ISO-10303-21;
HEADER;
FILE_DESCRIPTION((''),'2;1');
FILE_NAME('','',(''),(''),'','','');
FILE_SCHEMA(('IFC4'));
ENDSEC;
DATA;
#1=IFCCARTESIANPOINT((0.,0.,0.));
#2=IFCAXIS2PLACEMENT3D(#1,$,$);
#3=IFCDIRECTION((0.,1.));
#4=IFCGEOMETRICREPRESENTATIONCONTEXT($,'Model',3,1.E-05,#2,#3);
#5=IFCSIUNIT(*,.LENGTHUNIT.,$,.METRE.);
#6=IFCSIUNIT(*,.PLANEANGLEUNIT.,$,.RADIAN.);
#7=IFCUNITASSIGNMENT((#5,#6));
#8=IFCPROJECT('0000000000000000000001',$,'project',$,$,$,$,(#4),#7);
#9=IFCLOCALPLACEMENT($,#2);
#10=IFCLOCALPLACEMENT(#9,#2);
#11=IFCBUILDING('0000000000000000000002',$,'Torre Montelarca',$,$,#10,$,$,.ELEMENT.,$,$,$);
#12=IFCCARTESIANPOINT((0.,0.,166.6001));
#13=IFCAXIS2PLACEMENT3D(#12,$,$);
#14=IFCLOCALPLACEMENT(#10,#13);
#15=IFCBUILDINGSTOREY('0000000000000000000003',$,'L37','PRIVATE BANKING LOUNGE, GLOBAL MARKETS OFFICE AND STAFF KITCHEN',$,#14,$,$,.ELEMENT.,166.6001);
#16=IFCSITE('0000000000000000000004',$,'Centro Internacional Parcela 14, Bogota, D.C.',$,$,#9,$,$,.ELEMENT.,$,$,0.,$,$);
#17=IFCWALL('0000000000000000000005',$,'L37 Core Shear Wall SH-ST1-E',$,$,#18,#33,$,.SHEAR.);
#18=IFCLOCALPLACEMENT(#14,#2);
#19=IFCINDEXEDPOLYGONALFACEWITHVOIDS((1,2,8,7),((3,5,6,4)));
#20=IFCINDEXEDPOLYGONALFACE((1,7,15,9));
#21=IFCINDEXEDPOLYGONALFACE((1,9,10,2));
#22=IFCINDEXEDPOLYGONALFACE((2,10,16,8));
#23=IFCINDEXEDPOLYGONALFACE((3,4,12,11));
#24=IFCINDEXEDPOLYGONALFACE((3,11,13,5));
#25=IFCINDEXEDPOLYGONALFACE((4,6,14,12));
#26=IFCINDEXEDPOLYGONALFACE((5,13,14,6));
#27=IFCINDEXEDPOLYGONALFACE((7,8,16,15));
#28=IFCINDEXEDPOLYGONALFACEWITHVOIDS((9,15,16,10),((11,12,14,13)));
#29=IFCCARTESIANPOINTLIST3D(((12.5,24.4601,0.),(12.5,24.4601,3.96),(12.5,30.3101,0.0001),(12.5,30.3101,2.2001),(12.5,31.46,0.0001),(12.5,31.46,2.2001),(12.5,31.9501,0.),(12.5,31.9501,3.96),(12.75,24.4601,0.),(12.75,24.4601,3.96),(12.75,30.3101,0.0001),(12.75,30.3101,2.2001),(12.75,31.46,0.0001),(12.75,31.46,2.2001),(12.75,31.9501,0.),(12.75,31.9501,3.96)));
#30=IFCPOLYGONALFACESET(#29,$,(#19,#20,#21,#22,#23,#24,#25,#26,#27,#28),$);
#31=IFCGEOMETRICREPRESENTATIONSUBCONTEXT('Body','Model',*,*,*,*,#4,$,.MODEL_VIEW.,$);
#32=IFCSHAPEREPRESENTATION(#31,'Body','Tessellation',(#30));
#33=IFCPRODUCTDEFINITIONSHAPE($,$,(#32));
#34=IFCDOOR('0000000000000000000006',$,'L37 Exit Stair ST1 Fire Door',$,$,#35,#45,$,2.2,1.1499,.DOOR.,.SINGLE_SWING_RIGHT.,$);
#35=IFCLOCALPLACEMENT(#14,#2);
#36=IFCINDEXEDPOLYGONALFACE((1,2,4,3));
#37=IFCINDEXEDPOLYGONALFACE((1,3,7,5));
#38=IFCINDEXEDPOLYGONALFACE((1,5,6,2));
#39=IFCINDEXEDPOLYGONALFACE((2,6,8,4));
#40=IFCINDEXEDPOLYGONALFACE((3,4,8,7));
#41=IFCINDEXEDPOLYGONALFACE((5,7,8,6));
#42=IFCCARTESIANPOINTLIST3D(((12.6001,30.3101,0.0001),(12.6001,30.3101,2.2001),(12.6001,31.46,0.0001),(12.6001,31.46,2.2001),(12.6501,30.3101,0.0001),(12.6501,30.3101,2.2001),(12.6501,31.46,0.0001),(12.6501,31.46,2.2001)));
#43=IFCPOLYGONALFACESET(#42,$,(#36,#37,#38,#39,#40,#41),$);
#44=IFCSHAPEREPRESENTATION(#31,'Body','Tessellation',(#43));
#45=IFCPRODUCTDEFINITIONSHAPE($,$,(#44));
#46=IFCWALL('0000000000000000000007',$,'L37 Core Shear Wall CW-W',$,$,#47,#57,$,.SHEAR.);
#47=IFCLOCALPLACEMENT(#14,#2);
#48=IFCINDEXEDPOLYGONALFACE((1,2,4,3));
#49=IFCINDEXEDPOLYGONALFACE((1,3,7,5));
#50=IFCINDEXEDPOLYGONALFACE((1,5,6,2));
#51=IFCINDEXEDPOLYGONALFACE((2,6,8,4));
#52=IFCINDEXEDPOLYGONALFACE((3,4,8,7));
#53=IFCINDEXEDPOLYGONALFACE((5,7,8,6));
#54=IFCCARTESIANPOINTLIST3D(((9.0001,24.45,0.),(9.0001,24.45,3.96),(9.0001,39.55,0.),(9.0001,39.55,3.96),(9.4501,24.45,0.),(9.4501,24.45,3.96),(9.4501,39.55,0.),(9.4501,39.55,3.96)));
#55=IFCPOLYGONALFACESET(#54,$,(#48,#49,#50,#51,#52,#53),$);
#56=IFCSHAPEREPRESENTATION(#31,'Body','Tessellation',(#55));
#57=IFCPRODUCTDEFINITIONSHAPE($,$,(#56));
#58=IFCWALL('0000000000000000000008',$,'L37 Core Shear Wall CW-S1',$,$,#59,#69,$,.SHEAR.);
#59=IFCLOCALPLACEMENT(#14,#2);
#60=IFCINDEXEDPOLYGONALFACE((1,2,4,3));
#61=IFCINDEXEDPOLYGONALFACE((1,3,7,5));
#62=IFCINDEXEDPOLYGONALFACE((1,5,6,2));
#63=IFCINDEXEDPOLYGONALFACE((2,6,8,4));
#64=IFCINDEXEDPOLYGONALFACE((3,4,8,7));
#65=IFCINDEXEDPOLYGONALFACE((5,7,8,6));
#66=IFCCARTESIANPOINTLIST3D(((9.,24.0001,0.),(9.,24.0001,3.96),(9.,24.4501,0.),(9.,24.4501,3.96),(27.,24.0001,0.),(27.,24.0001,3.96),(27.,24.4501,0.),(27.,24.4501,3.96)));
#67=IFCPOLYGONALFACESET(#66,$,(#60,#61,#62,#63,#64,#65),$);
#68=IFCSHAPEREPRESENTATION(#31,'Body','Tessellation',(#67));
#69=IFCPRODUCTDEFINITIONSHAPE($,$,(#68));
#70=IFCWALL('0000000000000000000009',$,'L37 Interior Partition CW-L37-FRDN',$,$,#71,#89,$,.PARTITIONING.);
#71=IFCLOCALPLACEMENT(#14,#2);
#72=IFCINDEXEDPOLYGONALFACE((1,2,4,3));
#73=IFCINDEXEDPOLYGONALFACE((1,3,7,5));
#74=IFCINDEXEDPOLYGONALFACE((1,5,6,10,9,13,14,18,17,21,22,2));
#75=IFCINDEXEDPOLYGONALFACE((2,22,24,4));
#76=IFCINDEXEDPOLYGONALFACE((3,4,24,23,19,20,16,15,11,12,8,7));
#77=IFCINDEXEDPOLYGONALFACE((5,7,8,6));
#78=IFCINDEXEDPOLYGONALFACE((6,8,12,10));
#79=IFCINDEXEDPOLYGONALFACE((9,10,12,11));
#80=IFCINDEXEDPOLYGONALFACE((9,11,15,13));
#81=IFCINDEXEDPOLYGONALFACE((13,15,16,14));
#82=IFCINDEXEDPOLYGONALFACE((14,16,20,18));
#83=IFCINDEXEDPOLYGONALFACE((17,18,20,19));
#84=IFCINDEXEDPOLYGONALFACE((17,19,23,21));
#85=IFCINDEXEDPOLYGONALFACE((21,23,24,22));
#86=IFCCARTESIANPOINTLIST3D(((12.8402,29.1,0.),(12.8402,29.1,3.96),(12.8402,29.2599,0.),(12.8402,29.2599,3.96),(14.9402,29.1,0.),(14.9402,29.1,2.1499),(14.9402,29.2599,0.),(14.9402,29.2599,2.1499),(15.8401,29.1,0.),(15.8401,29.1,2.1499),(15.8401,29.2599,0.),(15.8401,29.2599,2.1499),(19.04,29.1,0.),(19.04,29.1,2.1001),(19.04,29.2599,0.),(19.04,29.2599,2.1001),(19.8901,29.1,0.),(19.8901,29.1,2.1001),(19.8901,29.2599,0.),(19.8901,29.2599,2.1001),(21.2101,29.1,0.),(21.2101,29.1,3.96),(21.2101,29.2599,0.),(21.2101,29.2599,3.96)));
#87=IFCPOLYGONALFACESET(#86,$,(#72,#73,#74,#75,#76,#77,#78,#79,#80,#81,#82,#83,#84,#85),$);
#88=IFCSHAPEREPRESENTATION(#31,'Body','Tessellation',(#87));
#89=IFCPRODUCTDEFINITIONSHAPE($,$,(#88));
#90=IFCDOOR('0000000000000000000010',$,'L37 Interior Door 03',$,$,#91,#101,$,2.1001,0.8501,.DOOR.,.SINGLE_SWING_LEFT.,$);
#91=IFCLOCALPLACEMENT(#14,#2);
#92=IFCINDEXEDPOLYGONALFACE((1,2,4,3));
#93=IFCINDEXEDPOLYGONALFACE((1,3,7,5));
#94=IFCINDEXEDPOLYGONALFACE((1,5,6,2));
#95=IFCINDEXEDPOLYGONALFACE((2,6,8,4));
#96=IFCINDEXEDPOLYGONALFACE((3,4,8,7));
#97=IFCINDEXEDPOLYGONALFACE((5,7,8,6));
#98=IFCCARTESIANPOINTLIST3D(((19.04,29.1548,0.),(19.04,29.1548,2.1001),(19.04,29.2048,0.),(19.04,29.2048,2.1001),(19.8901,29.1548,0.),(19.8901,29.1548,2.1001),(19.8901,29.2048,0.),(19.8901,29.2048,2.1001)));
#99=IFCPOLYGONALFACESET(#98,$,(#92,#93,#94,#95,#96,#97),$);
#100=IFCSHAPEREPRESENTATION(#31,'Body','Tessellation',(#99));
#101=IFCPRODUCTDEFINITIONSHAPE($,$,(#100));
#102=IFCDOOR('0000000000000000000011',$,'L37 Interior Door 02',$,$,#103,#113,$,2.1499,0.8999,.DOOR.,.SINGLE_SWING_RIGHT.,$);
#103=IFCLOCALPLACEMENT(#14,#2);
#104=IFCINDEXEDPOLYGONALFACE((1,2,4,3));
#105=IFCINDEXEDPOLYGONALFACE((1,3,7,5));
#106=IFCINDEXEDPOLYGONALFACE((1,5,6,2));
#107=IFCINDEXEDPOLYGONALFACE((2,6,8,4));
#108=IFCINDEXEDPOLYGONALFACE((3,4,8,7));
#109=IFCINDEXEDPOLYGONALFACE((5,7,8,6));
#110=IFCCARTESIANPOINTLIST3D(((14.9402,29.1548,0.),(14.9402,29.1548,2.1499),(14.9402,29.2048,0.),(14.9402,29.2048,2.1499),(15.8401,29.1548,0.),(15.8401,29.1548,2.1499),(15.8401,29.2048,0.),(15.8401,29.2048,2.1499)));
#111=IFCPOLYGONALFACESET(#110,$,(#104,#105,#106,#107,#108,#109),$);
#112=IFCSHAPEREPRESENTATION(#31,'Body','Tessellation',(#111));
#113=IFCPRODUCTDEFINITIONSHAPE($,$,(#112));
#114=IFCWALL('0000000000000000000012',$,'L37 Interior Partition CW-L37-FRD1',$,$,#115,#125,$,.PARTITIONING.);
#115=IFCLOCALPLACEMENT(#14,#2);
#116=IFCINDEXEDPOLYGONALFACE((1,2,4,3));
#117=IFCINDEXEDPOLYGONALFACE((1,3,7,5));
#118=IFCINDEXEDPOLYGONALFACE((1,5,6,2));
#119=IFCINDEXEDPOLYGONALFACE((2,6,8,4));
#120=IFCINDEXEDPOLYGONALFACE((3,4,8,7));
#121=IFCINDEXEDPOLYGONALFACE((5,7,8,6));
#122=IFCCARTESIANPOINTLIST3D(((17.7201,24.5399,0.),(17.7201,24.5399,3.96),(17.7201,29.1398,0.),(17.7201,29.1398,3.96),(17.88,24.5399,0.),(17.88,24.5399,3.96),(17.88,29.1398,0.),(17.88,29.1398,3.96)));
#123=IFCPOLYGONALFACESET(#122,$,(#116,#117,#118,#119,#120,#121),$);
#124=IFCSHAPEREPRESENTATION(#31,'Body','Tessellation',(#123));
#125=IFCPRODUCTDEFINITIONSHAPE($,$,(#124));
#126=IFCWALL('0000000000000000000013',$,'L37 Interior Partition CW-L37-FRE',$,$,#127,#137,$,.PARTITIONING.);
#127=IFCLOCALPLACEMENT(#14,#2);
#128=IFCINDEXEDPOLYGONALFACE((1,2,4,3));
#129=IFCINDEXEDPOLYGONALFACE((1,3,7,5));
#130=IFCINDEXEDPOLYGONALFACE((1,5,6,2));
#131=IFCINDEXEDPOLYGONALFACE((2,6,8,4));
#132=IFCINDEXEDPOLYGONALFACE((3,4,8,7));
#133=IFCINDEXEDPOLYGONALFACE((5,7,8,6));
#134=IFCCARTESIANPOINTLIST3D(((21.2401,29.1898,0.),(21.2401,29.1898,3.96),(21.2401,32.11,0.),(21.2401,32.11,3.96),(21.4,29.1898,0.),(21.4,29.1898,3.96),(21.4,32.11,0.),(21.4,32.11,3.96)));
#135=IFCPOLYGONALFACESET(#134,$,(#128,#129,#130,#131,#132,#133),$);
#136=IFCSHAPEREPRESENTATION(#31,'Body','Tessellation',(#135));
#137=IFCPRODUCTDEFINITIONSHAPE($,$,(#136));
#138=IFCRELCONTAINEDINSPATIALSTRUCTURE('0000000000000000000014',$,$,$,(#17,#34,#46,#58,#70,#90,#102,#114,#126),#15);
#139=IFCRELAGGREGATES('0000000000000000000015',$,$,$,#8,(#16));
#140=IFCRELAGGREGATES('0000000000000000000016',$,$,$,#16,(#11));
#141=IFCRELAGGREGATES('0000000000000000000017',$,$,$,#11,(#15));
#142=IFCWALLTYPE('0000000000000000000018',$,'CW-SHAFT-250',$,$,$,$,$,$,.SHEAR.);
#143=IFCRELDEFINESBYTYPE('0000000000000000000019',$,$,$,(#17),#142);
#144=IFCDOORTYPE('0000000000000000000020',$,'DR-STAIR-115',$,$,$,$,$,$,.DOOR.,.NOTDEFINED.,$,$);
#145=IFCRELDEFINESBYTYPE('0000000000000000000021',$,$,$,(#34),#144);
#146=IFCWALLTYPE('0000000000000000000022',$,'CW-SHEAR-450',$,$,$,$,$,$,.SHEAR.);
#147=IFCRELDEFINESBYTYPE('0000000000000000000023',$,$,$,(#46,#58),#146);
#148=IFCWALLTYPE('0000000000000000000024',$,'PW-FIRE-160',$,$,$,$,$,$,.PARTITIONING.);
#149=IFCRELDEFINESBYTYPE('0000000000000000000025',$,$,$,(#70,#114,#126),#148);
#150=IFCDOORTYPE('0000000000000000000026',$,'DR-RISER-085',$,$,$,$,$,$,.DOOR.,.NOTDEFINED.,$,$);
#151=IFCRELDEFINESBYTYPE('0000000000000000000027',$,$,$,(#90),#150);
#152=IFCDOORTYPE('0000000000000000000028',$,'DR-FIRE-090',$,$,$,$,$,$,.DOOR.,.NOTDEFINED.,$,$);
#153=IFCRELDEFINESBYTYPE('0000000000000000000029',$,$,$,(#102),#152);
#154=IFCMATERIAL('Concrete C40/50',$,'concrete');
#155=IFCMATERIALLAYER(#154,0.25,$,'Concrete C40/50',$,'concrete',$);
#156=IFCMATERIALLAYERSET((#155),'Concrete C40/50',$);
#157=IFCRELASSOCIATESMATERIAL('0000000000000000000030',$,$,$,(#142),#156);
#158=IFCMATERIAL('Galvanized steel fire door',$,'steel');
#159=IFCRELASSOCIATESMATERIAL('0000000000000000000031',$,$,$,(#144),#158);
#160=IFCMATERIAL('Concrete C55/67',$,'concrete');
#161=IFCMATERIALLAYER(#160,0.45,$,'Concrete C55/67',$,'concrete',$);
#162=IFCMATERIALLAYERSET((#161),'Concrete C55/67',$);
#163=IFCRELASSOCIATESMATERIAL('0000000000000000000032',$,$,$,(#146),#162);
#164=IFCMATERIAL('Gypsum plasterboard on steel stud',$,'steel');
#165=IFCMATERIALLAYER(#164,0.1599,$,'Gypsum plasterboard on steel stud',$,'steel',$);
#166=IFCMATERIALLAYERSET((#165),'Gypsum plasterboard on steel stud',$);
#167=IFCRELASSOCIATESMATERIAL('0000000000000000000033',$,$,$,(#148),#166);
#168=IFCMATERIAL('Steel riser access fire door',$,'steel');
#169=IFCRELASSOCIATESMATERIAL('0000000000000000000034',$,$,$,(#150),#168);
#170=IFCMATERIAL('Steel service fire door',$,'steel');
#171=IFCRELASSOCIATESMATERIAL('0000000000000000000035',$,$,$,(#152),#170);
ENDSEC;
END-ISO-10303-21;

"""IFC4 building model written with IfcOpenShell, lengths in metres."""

from ifc_helpers import new_model, si_unit, direction, frame, frame_2d, origin, place, context, subcontext, project, spatial, rectangle, extrude, source, transform, mapped, material, layer, layer_set, type_object, element, fill, save


model = new_model("IFC4")

# Units and contexts
model_context = context("Model", 3, precision=1e-05, world=origin(), true_north=direction((0.0, 1.0)))
body_context = subcontext(model_context, "Body", "Model", "MODEL_VIEW")
ifc_project = project(units=[si_unit("LENGTHUNIT", "METRE"), si_unit("PLANEANGLEUNIT", "RADIAN")], contexts=[model_context])

# Site, building, storey
site_placement = place(None, origin())
site = spatial("IfcSite", under=ifc_project, at=site_placement, Name="Centro Internacional Parcela 14, Bogota, D.C.", CompositionType="ELEMENT", RefElevation=0.0)
building_placement = place(site_placement, origin())
building = spatial("IfcBuilding", under=site, at=building_placement, Name="Torre Montelarca", CompositionType="ELEMENT")
storey_placement = place(building_placement, frame((0.0, 0.0, 166.6001)))
storey = spatial("IfcBuildingStorey", under=building, at=storey_placement, Name="L37", Description="PRIVATE BANKING LOUNGE, GLOBAL MARKETS OFFICE AND STAFF KITCHEN", CompositionType="ELEMENT", Elevation=166.6001)

# Shared definitions
ifc_material_1 = material(Name="Concrete C55/67", Category="concrete")

# Wall, opening, door
ifc_material_2 = material(Name="Concrete C40/50", Category="concrete")
ifc_layer_1 = layer(ifc_material_2, 0.25, Name="Concrete C40/50", Category="concrete")
ifc_layer_set_1 = layer_set([ifc_layer_1], Name="Concrete C40/50")
wall_type_1 = type_object("IfcWallType", Name="CW-SHAFT-250", PredefinedType="SHEAR", material=ifc_layer_set_1)
wall_1_placement = place(storey_placement, frame((12.625, 24.46, 0.0), z_axis=(0.0, 0.0, 1.0), x_axis=(0.0, 1.0, 0.0)))
wall_1 = element("IfcWall", 1, at=wall_1_placement, inside=storey, type_object=wall_type_1, Name="L37 Core Shear Wall SH-ST1-E", PredefinedType="SHEAR", context=body_context, shape_type="SweptSolid", body=[
    extrude(rectangle(XDim=7.49, YDim=0.25, at=frame_2d((3.7451, 0.0))), origin(), (0.0, 0.0, 1.0), 3.96),
])
opening_1_placement = place(wall_1_placement, frame((5.8501, 0.0, 0.0)))
opening_1 = element("IfcOpeningElement", 2, at=opening_1_placement, cuts=wall_1, PredefinedType="OPENING", context=body_context, shape_type="SweptSolid", body=[
    extrude(rectangle(XDim=1.1499, YDim=2.2, at=frame_2d((0.575, 1.1001))), frame((0.0, 0.135, 0.0), z_axis=(0.0, -1.0, 0.0), x_axis=(1.0, 0.0, 0.0)), (0.0, 0.0, 1.0), 0.27),
])
ifc_material_3 = material(Name="Galvanized steel fire door", Category="steel")
door_type_1 = type_object("IfcDoorType", Name="DR-STAIR-115", OperationType="NOTDEFINED", PredefinedType="DOOR", material=ifc_material_3)
shared_shape_1 = source(origin(), body_context, "Body", "SweptSolid", [
    extrude(rectangle(XDim=1.1499, YDim=2.2, at=frame_2d((0.575, 1.1001))), frame((0.0, 0.0249, 0.0), z_axis=(0.0, -1.0, 0.0), x_axis=(1.0, 0.0, 0.0)), (0.0, 0.0, 1.0), 0.05),
])
door_1_placement = place(opening_1_placement, origin())
door_1 = element("IfcDoor", 3, at=door_1_placement, inside=storey, type_object=door_type_1, Name="L37 Exit Stair ST1 Fire Door", OperationType="SINGLE_SWING_RIGHT", OverallHeight=2.2, OverallWidth=1.1499, PredefinedType="DOOR", context=body_context, shape_type="MappedRepresentation", body=[
    mapped(shared_shape_1, transform((0.0, 0.0, 0.0), scale=1.0)),
])
fill(opening_1, door_1)

# Walls
ifc_layer_2 = layer(ifc_material_1, 0.45, Name="Concrete C55/67", Category="concrete")
ifc_layer_set_2 = layer_set([ifc_layer_2], Name="Concrete C55/67")
wall_type_2 = type_object("IfcWallType", Name="CW-SHEAR-450", PredefinedType="SHEAR", material=ifc_layer_set_2)
wall_2_placement = place(storey_placement, frame((9.2251, 24.45, 0.0), z_axis=(0.0, 0.0, 1.0), x_axis=(0.0, 1.0, 0.0)))
element("IfcWall", 4, at=wall_2_placement, inside=storey, type_object=wall_type_2, Name="L37 Core Shear Wall CW-W", PredefinedType="SHEAR", context=body_context, shape_type="SweptSolid", body=[
    extrude(rectangle(XDim=15.1001, YDim=0.45, at=frame_2d((7.55, 0.0))), origin(), (0.0, 0.0, 1.0), 3.96),
])
wall_3_placement = place(storey_placement, frame((9.0, 24.2251, 0.0), z_axis=(0.0, 0.0, 1.0), x_axis=(1.0, 0.0, 0.0)))
element("IfcWall", 5, at=wall_3_placement, inside=storey, type_object=wall_type_2, Name="L37 Core Shear Wall CW-S1", PredefinedType="SHEAR", context=body_context, shape_type="SweptSolid", body=[
    extrude(rectangle(XDim=18.0, YDim=0.45, at=frame_2d((9.0, 0.0))), origin(), (0.0, 0.0, 1.0), 3.96),
])

# Wall, openings, doors
ifc_material_4 = material(Name="Gypsum plasterboard on steel stud", Category="steel")
ifc_layer_3 = layer(ifc_material_4, 0.1599, Name="Gypsum plasterboard on steel stud", Category="steel")
ifc_layer_set_3 = layer_set([ifc_layer_3], Name="Gypsum plasterboard on steel stud")
wall_type_3 = type_object("IfcWallType", Name="PW-FIRE-160", PredefinedType="PARTITIONING", material=ifc_layer_set_3)
wall_4_placement = place(storey_placement, frame((12.8401, 29.1799, 0.0), z_axis=(0.0, 0.0, 1.0), x_axis=(1.0, 0.0, 0.0)))
wall_4 = element("IfcWall", 6, at=wall_4_placement, inside=storey, type_object=wall_type_3, Name="L37 Interior Partition CW-L37-FRDN", PredefinedType="PARTITIONING", context=body_context, shape_type="SweptSolid", body=[
    extrude(rectangle(XDim=8.3699, YDim=0.1599, at=frame_2d((4.1851, 0.0))), origin(), (0.0, 0.0, 1.0), 3.96),
])
opening_2_placement = place(wall_4_placement, frame((2.1001, 0.0, 0.0)))
opening_2 = element("IfcOpeningElement", 7, at=opening_2_placement, cuts=wall_4, PredefinedType="OPENING", context=body_context, shape_type="SweptSolid", body=[
    extrude(rectangle(XDim=0.8999, YDim=2.1499, at=frame_2d((0.45, 1.075))), frame((0.0, 0.0898, 0.0), z_axis=(0.0, -1.0, 0.0), x_axis=(1.0, 0.0, 0.0)), (0.0, 0.0, 1.0), 0.1799),
])
opening_3_placement = place(wall_4_placement, frame((6.2, 0.0, 0.0)))
opening_3 = element("IfcOpeningElement", 8, at=opening_3_placement, cuts=wall_4, PredefinedType="OPENING", context=body_context, shape_type="SweptSolid", body=[
    extrude(rectangle(XDim=0.8501, YDim=2.1001, at=frame_2d((0.425, 1.05))), frame((0.0, 0.0898, 0.0), z_axis=(0.0, -1.0, 0.0), x_axis=(1.0, 0.0, 0.0)), (0.0, 0.0, 1.0), 0.1799),
])
ifc_material_5 = material(Name="Steel riser access fire door", Category="steel")
door_type_2 = type_object("IfcDoorType", Name="DR-RISER-085", OperationType="NOTDEFINED", PredefinedType="DOOR", material=ifc_material_5)
shared_shape_2 = source(origin(), body_context, "Body", "SweptSolid", [
    extrude(rectangle(XDim=0.8501, YDim=2.1001, at=frame_2d((0.425, 1.05))), frame((0.0, 0.0249, 0.0), z_axis=(0.0, -1.0, 0.0), x_axis=(1.0, 0.0, 0.0)), (0.0, 0.0, 1.0), 0.05),
])
door_2_placement = place(opening_3_placement, origin())
door_2 = element("IfcDoor", 9, at=door_2_placement, inside=storey, type_object=door_type_2, Name="L37 Interior Door 03", OperationType="SINGLE_SWING_LEFT", OverallHeight=2.1001, OverallWidth=0.8501, PredefinedType="DOOR", context=body_context, shape_type="MappedRepresentation", body=[
    mapped(shared_shape_2, transform((0.0, 0.0, 0.0), scale=1.0)),
])
fill(opening_3, door_2)
ifc_material_6 = material(Name="Steel service fire door", Category="steel")
door_type_3 = type_object("IfcDoorType", Name="DR-FIRE-090", OperationType="NOTDEFINED", PredefinedType="DOOR", material=ifc_material_6)
shared_shape_3 = source(origin(), body_context, "Body", "SweptSolid", [
    extrude(rectangle(XDim=0.8999, YDim=2.1499, at=frame_2d((0.45, 1.075))), frame((0.0, 0.0249, 0.0), z_axis=(0.0, -1.0, 0.0), x_axis=(1.0, 0.0, 0.0)), (0.0, 0.0, 1.0), 0.05),
])
door_3_placement = place(opening_2_placement, origin())
door_3 = element("IfcDoor", 10, at=door_3_placement, inside=storey, type_object=door_type_3, Name="L37 Interior Door 02", OperationType="SINGLE_SWING_RIGHT", OverallHeight=2.1499, OverallWidth=0.8999, PredefinedType="DOOR", context=body_context, shape_type="MappedRepresentation", body=[
    mapped(shared_shape_3, transform((0.0, 0.0, 0.0), scale=1.0)),
])
fill(opening_2, door_3)

# Walls
wall_5_placement = place(storey_placement, frame((17.8, 24.54, 0.0), z_axis=(0.0, 0.0, 1.0), x_axis=(0.0, 1.0, 0.0)))
element("IfcWall", 11, at=wall_5_placement, inside=storey, type_object=wall_type_3, Name="L37 Interior Partition CW-L37-FRD1", PredefinedType="PARTITIONING", context=body_context, shape_type="SweptSolid", body=[
    extrude(rectangle(XDim=4.5999, YDim=0.1599, at=frame_2d((2.2998, 0.0))), origin(), (0.0, 0.0, 1.0), 3.96),
])
wall_6_placement = place(storey_placement, frame((21.3201, 29.1899, 0.0), z_axis=(0.0, 0.0, 1.0), x_axis=(0.0, 1.0, 0.0)))
element("IfcWall", 12, at=wall_6_placement, inside=storey, type_object=wall_type_3, Name="L37 Interior Partition CW-L37-FRE", PredefinedType="PARTITIONING", context=body_context, shape_type="SweptSolid", body=[
    extrude(rectangle(XDim=2.9202, YDim=0.1599, at=frame_2d((1.46, 0.0))), origin(), (0.0, 0.0, 1.0), 3.96),
])

save(model, "model.ifc")
